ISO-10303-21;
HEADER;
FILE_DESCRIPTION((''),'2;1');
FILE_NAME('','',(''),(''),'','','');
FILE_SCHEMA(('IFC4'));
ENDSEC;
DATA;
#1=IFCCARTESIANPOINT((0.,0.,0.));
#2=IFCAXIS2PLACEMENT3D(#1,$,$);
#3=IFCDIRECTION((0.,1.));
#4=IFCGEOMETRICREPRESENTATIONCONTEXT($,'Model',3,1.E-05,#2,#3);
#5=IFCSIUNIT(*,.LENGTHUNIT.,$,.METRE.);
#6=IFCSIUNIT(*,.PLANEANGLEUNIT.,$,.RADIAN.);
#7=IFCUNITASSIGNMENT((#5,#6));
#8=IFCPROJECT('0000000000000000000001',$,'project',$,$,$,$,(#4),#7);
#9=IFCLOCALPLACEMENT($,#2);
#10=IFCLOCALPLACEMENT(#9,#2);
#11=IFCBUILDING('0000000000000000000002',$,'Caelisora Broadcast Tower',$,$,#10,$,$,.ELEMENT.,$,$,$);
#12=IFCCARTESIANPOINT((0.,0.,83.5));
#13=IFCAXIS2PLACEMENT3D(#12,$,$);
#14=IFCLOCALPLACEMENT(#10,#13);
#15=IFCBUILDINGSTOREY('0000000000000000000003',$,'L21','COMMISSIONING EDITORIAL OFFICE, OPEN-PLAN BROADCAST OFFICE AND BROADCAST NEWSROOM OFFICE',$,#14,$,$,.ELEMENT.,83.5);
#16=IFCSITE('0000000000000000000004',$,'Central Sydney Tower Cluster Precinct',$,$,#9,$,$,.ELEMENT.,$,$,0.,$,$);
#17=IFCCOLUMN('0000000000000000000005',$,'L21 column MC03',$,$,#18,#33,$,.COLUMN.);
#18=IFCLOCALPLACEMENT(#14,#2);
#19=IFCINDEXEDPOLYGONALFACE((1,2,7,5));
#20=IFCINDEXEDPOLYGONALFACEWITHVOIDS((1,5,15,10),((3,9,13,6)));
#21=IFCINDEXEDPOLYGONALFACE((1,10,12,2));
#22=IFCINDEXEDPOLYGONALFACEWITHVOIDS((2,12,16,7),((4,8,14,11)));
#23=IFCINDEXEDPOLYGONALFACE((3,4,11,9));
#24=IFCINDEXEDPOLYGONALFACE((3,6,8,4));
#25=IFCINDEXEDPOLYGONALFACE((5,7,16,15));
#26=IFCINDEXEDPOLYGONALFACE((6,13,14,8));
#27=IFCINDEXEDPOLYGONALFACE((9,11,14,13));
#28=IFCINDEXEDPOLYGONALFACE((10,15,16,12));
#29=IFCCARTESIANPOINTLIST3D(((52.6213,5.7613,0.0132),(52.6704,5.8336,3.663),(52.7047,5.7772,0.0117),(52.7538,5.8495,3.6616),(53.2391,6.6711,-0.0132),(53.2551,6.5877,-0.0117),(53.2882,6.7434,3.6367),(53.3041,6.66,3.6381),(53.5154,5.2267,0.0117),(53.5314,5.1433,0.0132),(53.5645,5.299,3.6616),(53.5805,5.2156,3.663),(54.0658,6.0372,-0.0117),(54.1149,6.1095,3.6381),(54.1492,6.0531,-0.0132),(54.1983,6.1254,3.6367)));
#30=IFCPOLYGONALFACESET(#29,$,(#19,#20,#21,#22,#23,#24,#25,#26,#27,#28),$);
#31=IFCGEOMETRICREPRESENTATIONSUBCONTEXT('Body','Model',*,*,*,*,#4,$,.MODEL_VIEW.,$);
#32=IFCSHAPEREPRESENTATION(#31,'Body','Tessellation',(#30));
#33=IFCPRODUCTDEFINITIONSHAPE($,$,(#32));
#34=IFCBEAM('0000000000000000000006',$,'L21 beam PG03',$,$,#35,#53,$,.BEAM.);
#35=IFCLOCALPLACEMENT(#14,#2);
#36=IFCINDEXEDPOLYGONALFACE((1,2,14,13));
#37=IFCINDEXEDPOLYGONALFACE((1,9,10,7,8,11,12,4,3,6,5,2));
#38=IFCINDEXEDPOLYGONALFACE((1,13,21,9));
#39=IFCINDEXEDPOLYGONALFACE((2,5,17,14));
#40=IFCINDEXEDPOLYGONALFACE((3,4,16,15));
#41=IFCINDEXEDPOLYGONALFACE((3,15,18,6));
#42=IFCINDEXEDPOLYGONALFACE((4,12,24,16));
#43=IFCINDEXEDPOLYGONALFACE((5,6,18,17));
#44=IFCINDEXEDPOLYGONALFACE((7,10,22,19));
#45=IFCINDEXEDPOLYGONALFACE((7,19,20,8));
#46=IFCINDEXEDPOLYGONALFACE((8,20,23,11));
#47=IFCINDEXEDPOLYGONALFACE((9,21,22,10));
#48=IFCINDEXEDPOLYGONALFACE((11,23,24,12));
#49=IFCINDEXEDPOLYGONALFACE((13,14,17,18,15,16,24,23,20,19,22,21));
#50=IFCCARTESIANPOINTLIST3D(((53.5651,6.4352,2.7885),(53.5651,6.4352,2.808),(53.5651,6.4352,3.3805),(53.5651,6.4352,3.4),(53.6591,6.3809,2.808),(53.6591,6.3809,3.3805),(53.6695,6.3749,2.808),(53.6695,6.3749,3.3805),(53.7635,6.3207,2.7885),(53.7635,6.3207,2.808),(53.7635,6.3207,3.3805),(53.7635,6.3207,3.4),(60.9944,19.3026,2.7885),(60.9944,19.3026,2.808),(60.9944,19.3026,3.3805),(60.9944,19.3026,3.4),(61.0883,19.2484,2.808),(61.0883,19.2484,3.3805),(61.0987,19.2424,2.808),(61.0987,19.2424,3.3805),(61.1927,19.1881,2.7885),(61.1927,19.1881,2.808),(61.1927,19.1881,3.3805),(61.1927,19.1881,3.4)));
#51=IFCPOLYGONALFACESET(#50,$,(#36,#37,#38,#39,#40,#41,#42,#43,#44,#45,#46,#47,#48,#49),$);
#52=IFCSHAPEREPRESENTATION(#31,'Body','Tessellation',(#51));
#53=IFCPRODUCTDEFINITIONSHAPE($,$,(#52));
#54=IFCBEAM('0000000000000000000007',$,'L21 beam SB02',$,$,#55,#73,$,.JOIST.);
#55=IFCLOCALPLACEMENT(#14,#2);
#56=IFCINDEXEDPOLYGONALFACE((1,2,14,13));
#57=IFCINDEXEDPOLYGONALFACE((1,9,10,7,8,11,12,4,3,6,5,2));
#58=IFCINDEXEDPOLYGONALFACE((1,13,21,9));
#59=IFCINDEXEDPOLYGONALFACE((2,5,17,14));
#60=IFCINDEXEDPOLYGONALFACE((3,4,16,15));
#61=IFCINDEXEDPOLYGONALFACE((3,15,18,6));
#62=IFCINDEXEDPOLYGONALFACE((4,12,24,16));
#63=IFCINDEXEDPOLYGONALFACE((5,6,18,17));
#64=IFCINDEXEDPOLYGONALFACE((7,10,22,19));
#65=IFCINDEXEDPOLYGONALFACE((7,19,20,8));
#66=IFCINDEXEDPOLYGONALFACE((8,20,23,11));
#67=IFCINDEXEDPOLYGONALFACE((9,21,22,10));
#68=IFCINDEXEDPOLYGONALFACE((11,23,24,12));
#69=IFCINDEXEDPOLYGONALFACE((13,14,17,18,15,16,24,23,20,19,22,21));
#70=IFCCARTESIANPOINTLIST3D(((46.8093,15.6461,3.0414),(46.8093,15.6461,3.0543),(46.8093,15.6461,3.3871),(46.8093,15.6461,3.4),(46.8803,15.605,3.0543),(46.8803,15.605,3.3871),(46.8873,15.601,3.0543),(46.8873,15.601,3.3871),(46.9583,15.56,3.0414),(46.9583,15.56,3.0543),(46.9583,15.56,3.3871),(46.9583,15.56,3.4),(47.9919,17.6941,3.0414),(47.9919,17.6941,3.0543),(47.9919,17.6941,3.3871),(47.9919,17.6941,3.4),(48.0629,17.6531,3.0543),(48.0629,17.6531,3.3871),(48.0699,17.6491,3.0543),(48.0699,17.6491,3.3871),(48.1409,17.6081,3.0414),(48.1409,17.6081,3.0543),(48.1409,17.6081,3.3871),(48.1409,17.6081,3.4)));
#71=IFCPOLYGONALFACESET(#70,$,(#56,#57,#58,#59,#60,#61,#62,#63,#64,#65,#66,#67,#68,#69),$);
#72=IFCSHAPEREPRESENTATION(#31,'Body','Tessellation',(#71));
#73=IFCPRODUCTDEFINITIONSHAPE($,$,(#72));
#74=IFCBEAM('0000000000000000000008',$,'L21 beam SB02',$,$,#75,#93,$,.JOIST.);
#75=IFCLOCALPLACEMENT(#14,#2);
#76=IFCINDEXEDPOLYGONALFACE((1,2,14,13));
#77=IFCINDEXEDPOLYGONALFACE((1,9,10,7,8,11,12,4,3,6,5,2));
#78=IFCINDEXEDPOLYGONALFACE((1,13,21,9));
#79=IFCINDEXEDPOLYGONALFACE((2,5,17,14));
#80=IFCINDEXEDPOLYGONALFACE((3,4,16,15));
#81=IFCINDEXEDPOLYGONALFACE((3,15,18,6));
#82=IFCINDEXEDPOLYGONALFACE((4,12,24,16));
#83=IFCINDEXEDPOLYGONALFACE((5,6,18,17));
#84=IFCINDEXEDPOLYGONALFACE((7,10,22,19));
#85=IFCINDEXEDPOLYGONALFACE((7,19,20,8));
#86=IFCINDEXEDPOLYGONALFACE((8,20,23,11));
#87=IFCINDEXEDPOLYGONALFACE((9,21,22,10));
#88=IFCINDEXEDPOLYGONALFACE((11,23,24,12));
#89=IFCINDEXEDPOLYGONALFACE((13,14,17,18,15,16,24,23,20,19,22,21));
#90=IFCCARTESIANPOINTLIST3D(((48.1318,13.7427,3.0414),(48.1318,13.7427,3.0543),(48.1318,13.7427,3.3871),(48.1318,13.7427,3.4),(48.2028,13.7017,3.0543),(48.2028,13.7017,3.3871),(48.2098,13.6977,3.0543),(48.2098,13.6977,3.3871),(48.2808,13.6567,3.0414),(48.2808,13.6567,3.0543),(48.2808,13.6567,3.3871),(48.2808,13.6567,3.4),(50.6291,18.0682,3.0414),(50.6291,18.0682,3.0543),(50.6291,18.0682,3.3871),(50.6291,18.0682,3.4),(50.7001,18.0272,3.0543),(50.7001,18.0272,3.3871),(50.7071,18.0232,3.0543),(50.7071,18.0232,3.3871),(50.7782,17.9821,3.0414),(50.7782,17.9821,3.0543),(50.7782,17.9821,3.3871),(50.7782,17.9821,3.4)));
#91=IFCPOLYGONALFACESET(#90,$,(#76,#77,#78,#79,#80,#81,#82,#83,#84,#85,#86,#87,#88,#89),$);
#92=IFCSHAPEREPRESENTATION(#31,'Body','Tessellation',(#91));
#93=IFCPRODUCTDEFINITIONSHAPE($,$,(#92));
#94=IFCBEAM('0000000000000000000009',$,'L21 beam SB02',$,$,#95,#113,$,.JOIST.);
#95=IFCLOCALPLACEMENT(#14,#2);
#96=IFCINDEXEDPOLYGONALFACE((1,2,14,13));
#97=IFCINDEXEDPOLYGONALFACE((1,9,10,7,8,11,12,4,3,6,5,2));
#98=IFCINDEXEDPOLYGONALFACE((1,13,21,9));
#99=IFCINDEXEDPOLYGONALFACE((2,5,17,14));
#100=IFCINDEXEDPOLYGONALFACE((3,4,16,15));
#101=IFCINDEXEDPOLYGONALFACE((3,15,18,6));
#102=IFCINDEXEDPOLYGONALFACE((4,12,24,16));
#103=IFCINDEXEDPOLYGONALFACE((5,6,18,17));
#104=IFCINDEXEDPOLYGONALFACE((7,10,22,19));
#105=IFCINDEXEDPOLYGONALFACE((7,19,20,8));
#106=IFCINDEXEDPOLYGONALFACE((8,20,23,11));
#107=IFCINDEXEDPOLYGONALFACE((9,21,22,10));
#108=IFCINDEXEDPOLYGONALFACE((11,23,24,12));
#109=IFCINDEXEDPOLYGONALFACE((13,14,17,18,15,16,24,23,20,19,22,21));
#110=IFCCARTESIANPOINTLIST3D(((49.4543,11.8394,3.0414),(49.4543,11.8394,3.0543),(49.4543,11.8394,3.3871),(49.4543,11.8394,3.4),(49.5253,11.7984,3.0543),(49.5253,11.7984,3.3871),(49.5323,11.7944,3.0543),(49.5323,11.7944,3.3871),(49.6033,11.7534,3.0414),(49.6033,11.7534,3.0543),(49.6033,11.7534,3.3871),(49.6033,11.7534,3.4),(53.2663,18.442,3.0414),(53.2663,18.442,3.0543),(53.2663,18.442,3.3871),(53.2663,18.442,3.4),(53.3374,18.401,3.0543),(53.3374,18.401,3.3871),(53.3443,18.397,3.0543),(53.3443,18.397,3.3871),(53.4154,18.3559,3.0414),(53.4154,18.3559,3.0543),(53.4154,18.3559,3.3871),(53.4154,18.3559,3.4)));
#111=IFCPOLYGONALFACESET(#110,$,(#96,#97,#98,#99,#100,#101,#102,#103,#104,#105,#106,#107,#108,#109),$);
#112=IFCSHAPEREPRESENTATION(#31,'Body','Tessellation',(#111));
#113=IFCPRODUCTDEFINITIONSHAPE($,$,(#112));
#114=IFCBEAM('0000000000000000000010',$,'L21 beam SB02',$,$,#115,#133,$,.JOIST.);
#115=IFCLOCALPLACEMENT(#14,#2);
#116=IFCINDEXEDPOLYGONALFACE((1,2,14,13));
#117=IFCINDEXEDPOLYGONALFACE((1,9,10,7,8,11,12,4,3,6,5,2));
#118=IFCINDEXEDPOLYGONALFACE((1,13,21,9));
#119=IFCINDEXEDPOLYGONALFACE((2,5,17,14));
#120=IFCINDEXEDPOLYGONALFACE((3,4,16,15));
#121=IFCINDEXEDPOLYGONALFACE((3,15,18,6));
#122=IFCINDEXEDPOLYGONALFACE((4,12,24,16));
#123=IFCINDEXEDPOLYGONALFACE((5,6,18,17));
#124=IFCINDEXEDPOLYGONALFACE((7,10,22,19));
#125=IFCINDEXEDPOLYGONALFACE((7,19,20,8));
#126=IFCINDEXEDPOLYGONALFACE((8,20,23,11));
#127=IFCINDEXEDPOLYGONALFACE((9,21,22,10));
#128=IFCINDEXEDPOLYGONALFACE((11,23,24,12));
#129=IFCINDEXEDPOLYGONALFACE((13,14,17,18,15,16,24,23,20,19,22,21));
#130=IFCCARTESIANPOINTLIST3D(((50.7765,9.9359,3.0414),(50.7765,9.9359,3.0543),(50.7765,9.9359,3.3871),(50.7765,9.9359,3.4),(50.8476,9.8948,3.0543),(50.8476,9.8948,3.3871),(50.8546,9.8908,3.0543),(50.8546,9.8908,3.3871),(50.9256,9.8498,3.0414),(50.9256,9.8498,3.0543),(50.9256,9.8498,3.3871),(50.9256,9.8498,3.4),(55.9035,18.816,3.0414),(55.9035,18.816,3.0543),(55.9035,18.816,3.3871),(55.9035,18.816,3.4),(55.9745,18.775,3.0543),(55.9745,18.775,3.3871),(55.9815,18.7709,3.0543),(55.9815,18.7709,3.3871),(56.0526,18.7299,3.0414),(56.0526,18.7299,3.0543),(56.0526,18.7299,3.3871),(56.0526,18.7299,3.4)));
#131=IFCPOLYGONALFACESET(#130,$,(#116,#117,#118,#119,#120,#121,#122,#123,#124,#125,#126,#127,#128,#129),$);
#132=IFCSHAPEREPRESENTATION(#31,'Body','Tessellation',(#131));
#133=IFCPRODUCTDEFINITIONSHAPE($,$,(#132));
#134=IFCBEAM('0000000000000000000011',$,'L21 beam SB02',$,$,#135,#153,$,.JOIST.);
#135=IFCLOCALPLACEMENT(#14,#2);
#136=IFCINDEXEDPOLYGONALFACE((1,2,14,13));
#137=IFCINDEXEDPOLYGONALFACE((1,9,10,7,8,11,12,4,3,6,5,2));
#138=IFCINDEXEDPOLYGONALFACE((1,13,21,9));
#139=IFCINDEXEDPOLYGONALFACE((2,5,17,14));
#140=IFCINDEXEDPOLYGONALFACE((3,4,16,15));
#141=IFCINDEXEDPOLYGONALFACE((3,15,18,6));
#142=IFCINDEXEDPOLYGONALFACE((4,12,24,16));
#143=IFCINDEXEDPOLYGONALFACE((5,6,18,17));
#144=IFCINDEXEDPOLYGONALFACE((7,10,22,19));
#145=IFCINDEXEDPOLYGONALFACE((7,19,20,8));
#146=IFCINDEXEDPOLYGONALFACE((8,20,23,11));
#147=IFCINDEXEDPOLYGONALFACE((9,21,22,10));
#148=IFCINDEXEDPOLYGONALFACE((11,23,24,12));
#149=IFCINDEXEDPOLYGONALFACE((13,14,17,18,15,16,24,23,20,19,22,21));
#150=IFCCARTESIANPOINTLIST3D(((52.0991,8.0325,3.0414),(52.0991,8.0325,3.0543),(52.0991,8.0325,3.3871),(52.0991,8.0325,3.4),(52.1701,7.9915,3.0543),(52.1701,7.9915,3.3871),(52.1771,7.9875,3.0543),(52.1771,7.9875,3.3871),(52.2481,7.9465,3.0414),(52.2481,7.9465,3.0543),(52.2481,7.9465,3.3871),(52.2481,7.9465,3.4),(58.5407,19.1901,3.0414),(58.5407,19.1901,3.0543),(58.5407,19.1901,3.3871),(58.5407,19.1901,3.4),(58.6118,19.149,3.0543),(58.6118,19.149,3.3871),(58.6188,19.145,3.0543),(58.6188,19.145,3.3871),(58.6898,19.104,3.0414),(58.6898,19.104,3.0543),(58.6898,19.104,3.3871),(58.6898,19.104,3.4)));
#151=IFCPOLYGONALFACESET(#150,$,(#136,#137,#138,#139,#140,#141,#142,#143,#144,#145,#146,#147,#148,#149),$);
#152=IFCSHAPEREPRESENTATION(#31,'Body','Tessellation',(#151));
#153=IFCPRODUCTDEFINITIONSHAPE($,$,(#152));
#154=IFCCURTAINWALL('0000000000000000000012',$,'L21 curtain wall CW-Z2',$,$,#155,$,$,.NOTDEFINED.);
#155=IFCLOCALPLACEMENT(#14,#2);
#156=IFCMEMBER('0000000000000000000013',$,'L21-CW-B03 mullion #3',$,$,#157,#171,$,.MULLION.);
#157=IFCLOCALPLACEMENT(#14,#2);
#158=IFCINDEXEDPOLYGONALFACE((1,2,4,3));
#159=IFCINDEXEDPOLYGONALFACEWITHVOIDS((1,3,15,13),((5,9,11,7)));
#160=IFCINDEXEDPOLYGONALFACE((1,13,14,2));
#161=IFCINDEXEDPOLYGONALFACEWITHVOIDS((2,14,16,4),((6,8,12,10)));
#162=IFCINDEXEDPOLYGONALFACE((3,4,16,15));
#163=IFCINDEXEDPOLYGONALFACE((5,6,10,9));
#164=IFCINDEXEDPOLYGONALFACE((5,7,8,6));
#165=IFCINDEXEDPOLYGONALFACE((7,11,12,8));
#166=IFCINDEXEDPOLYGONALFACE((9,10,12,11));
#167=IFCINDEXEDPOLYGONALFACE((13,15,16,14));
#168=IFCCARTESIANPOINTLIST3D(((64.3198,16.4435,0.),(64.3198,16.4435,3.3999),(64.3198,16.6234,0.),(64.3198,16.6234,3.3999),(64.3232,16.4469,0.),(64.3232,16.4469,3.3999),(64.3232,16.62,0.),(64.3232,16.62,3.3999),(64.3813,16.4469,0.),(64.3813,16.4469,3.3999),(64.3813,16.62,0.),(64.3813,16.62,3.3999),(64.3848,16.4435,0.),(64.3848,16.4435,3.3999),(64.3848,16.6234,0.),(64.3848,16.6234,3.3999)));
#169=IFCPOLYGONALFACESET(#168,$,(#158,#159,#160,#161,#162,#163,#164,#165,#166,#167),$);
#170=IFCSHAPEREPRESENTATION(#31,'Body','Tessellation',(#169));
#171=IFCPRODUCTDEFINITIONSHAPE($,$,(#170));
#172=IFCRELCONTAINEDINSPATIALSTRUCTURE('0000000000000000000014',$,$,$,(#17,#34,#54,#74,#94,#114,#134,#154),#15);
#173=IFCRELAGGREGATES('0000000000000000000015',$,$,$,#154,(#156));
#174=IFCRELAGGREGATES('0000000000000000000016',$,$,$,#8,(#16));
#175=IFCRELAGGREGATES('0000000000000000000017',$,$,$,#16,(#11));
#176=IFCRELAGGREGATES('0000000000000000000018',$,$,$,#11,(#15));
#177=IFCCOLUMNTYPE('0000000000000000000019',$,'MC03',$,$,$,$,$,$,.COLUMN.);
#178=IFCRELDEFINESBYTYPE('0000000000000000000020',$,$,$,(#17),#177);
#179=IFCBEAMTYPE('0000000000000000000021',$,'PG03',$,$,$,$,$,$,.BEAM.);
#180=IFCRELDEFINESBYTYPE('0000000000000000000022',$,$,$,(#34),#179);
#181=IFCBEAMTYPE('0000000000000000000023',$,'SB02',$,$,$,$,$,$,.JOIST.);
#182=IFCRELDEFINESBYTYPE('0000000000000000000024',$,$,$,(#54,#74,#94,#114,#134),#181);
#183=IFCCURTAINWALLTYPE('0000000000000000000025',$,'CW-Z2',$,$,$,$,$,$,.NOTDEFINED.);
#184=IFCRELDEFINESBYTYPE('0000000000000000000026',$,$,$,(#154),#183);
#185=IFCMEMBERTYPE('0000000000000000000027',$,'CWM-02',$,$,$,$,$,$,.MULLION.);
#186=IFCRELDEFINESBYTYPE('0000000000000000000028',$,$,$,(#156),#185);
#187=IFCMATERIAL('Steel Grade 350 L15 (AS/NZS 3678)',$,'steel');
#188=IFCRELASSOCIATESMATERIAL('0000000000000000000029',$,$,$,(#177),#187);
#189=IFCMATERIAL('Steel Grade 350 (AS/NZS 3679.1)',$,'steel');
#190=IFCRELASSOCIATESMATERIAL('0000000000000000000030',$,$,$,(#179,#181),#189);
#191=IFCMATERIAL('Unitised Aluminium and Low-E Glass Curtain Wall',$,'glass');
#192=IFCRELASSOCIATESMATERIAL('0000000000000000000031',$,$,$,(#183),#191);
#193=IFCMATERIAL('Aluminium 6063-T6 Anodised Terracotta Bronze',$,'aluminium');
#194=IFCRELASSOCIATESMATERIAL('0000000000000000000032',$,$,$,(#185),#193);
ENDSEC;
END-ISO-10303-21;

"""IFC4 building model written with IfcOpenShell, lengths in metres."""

from ifc_helpers import new_model, si_unit, direction, frame, origin, origin_2d, place, context, subcontext, project, spatial, hollow_rectangle, i_section, extrude, source, transform, mapped, material, material_profile, profile_set, type_object, type_shapes, element, aggregate, save


model = new_model("IFC4")

# Units and contexts
model_context = context("Model", 3, precision=1e-05, world=origin(), true_north=direction((0.0, 1.0)))
body_context = subcontext(model_context, "Body", "Model", "MODEL_VIEW")
ifc_project = project(units=[si_unit("LENGTHUNIT", "METRE"), si_unit("PLANEANGLEUNIT", "RADIAN")], contexts=[model_context])

# Site, building, storey
site_placement = place(None, origin())
site = spatial("IfcSite", under=ifc_project, at=site_placement, Name="Central Sydney Tower Cluster Precinct", CompositionType="ELEMENT", RefElevation=0.0)
building_placement = place(site_placement, origin())
building = spatial("IfcBuilding", under=site, at=building_placement, Name="Caelisora Broadcast Tower", CompositionType="ELEMENT")
storey_placement = place(building_placement, frame((0.0, 0.0, 83.5)))
storey = spatial("IfcBuildingStorey", under=building, at=storey_placement, Name="L21", Description="COMMISSIONING EDITORIAL OFFICE, OPEN-PLAN BROADCAST OFFICE AND BROADCAST NEWSROOM OFFICE", CompositionType="ELEMENT", Elevation=83.5)

# Column
ifc_material_1 = material(Name="Steel Grade 350 L15 (AS/NZS 3678)", Category="steel")
ifc_material_profile_1 = material_profile(ifc_material_1, hollow_rectangle(XDim=1.1001, YDim=1.1001, WallThickness=0.0601, at=origin_2d()), Name="Steel Grade 350 L15 (AS/NZS 3678)")
ifc_profile_set_1 = profile_set([ifc_material_profile_1], Name="Steel Grade 350 L15 (AS/NZS 3678)")
column_type = type_object("IfcColumnType", Name="MC03", PredefinedType="COLUMN", material=ifc_profile_set_1)
shared_shape_1 = source(origin(), body_context, "Body", "SweptSolid", [
    extrude(hollow_rectangle(XDim=1.1001, YDim=1.1001, WallThickness=0.0601, at=origin_2d()), origin(), (0.0, 0.0, 1.0), 3.6509),
])
type_shapes(column_type, [shared_shape_1])
column_placement = place(storey_placement, frame((53.3853, 5.9072, 0.0), z_axis=(0.013441, 0.019794, 0.999714), x_axis=(-0.82729, 0.561775, 0.0)))
element("IfcColumn", 1, at=column_placement, inside=storey, type_object=column_type, Name="L21 column MC03", PredefinedType="COLUMN", context=body_context, shape_type="MappedRepresentation", body=[
    mapped(shared_shape_1, transform((0.0, 0.0, 0.0), scale=1.0)),
])

# Beams
ifc_material_2 = material(Name="Steel Grade 350 (AS/NZS 3679.1)", Category="steel")
ifc_material_profile_2 = material_profile(ifc_material_2, i_section(OverallWidth=0.229, OverallDepth=0.6116, WebThickness=0.012, FlangeThickness=0.0195, at=origin_2d()), Name="Steel Grade 350 (AS/NZS 3679.1)")
ifc_profile_set_2 = profile_set([ifc_material_profile_2], Name="Steel Grade 350 (AS/NZS 3679.1)")
beam_type_1 = type_object("IfcBeamType", Name="PG03", PredefinedType="BEAM", material=ifc_profile_set_2)
shared_shape_2 = source(origin(), body_context, "Body", "SweptSolid", [
    extrude(i_section(OverallWidth=0.229, OverallDepth=0.6116, WebThickness=0.012, FlangeThickness=0.0195, at=origin_2d()), origin(), (0.0, 0.0, 1.0), 14.8582),
])
type_shapes(beam_type_1, [shared_shape_2])
beam_1_placement = place(storey_placement, frame((53.6643, 6.3779, 3.0942), z_axis=(0.500009, 0.86602, 0.0), x_axis=(-0.86602, 0.500009, 0.0)))
element("IfcBeam", 2, at=beam_1_placement, inside=storey, type_object=beam_type_1, Name="L21 beam PG03", PredefinedType="BEAM", context=body_context, shape_type="MappedRepresentation", body=[
    mapped(shared_shape_2, transform((0.0, 0.0, 0.0), scale=1.0)),
])
ifc_material_profile_3 = material_profile(ifc_material_2, i_section(OverallWidth=0.1721, OverallDepth=0.3586, WebThickness=0.0081, FlangeThickness=0.0129, at=origin_2d()), Name="Steel Grade 350 (AS/NZS 3679.1)")
ifc_profile_set_3 = profile_set([ifc_material_profile_3], Name="Steel Grade 350 (AS/NZS 3679.1)")
beam_type_2 = type_object("IfcBeamType", Name="SB02", PredefinedType="JOIST", material=ifc_profile_set_3)
shared_shape_3 = source(origin(), body_context, "Body", "SweptSolid", [
    extrude(i_section(OverallWidth=0.1721, OverallDepth=0.3586, WebThickness=0.0081, FlangeThickness=0.0129, at=origin_2d()), origin(), (0.0, 0.0, 1.0), 2.365),
])
beam_2_placement = place(storey_placement, frame((46.8838, 15.603, 3.2207), z_axis=(0.500047, 0.865998, 0.0), x_axis=(-0.865998, 0.500047, 0.0)))
element("IfcBeam", 3, at=beam_2_placement, inside=storey, type_object=beam_type_2, Name="L21 beam SB02", PredefinedType="JOIST", context=body_context, shape_type="MappedRepresentation", body=[
    mapped(shared_shape_3, transform((0.0, 0.0, 0.0), scale=1.0)),
])
shared_shape_4 = source(origin(), body_context, "Body", "SweptSolid", [
    extrude(i_section(OverallWidth=0.1721, OverallDepth=0.3586, WebThickness=0.0081, FlangeThickness=0.0129, at=origin_2d()), origin(), (0.0, 0.0, 1.0), 4.9946),
])
beam_3_placement = place(storey_placement, frame((48.2063, 13.6997, 3.2207), z_axis=(0.500003, 0.866024, 0.0), x_axis=(-0.866024, 0.500003, 0.0)))
element("IfcBeam", 4, at=beam_3_placement, inside=storey, type_object=beam_type_2, Name="L21 beam SB02", PredefinedType="JOIST", context=body_context, shape_type="MappedRepresentation", body=[
    mapped(shared_shape_4, transform((0.0, 0.0, 0.0), scale=1.0)),
])
shared_shape_5 = source(origin(), body_context, "Body", "SweptSolid", [
    extrude(i_section(OverallWidth=0.1721, OverallDepth=0.3586, WebThickness=0.0081, FlangeThickness=0.0129, at=origin_2d()), origin(), (0.0, 0.0, 1.0), 7.624),
])
beam_4_placement = place(storey_placement, frame((49.5288, 11.7964, 3.2207), z_axis=(0.500003, 0.866023, 0.0), x_axis=(-0.866023, 0.500003, 0.0)))
element("IfcBeam", 5, at=beam_4_placement, inside=storey, type_object=beam_type_2, Name="L21 beam SB02", PredefinedType="JOIST", context=body_context, shape_type="MappedRepresentation", body=[
    mapped(shared_shape_5, transform((0.0, 0.0, 0.0), scale=1.0)),
])
shared_shape_6 = source(origin(), body_context, "Body", "SweptSolid", [
    extrude(i_section(OverallWidth=0.1721, OverallDepth=0.3586, WebThickness=0.0081, FlangeThickness=0.0129, at=origin_2d()), origin(), (0.0, 0.0, 1.0), 10.2539),
])
beam_5_placement = place(storey_placement, frame((50.8511, 9.8928, 3.2207), z_axis=(0.500001, 0.866025, 0.0), x_axis=(-0.866025, 0.500001, 0.0)))
element("IfcBeam", 6, at=beam_5_placement, inside=storey, type_object=beam_type_2, Name="L21 beam SB02", PredefinedType="JOIST", context=body_context, shape_type="MappedRepresentation", body=[
    mapped(shared_shape_6, transform((0.0, 0.0, 0.0), scale=1.0)),
])
shared_shape_7 = source(origin(), body_context, "Body", "SweptSolid", [
    extrude(i_section(OverallWidth=0.1721, OverallDepth=0.3586, WebThickness=0.0081, FlangeThickness=0.0129, at=origin_2d()), origin(), (0.0, 0.0, 1.0), 12.8835),
])
type_shapes(beam_type_2, [shared_shape_3, shared_shape_4, shared_shape_5, shared_shape_6, shared_shape_7])
beam_6_placement = place(storey_placement, frame((52.1736, 7.9895, 3.2207), z_axis=(0.499993, 0.866029, 0.0), x_axis=(-0.866029, 0.499993, 0.0)))
element("IfcBeam", 7, at=beam_6_placement, inside=storey, type_object=beam_type_2, Name="L21 beam SB02", PredefinedType="JOIST", context=body_context, shape_type="MappedRepresentation", body=[
    mapped(shared_shape_7, transform((0.0, 0.0, 0.0), scale=1.0)),
])

# Curtain wall, member
ifc_material_3 = material(Name="Unitised Aluminium and Low-E Glass Curtain Wall", Category="glass")
curtain_wall_type = type_object("IfcCurtainWallType", Name="CW-Z2", PredefinedType="NOTDEFINED", material=ifc_material_3)
curtain_wall_1_placement = place(storey_placement, origin())
curtain_wall_1 = element("IfcCurtainWall", 8, at=curtain_wall_1_placement, inside=storey, type_object=curtain_wall_type, Name="L21 curtain wall CW-Z2", PredefinedType="NOTDEFINED")
ifc_material_4 = material(Name="Aluminium 6063-T6 Anodised Terracotta Bronze", Category="aluminium")
ifc_material_profile_4 = material_profile(ifc_material_4, hollow_rectangle(XDim=0.0649, YDim=0.1799, WallThickness=0.0034, at=origin_2d()), Name="Aluminium 6063-T6 Anodised Terracotta Bronze")
ifc_profile_set_4 = profile_set([ifc_material_profile_4], Name="Aluminium 6063-T6 Anodised Terracotta Bronze")
member_type_1 = type_object("IfcMemberType", Name="CWM-02", PredefinedType="MULLION", material=ifc_profile_set_4)
shared_shape_8 = source(origin(), body_context, "Body", "SweptSolid", [
    extrude(hollow_rectangle(XDim=0.0649, YDim=0.1799, WallThickness=0.0034, at=origin_2d()), origin(), (0.0, 0.0, 1.0), 3.3999),
])
type_shapes(member_type_1, [shared_shape_8])
member_1_placement = place(storey_placement, frame((64.3523, 16.5334, 0.0), z_axis=(0.0, 0.0, 1.0), x_axis=(1.0, 0.0, 0.0)))
member_1 = element("IfcMember", 9, at=member_1_placement, type_object=member_type_1, Name="L21-CW-B03 mullion #3", PredefinedType="MULLION", context=body_context, shape_type="MappedRepresentation", body=[
    mapped(shared_shape_8, transform((0.0, 0.0, 0.0), scale=1.0)),
])
aggregate(curtain_wall_1, [member_1])

save(model, "model.ifc")
